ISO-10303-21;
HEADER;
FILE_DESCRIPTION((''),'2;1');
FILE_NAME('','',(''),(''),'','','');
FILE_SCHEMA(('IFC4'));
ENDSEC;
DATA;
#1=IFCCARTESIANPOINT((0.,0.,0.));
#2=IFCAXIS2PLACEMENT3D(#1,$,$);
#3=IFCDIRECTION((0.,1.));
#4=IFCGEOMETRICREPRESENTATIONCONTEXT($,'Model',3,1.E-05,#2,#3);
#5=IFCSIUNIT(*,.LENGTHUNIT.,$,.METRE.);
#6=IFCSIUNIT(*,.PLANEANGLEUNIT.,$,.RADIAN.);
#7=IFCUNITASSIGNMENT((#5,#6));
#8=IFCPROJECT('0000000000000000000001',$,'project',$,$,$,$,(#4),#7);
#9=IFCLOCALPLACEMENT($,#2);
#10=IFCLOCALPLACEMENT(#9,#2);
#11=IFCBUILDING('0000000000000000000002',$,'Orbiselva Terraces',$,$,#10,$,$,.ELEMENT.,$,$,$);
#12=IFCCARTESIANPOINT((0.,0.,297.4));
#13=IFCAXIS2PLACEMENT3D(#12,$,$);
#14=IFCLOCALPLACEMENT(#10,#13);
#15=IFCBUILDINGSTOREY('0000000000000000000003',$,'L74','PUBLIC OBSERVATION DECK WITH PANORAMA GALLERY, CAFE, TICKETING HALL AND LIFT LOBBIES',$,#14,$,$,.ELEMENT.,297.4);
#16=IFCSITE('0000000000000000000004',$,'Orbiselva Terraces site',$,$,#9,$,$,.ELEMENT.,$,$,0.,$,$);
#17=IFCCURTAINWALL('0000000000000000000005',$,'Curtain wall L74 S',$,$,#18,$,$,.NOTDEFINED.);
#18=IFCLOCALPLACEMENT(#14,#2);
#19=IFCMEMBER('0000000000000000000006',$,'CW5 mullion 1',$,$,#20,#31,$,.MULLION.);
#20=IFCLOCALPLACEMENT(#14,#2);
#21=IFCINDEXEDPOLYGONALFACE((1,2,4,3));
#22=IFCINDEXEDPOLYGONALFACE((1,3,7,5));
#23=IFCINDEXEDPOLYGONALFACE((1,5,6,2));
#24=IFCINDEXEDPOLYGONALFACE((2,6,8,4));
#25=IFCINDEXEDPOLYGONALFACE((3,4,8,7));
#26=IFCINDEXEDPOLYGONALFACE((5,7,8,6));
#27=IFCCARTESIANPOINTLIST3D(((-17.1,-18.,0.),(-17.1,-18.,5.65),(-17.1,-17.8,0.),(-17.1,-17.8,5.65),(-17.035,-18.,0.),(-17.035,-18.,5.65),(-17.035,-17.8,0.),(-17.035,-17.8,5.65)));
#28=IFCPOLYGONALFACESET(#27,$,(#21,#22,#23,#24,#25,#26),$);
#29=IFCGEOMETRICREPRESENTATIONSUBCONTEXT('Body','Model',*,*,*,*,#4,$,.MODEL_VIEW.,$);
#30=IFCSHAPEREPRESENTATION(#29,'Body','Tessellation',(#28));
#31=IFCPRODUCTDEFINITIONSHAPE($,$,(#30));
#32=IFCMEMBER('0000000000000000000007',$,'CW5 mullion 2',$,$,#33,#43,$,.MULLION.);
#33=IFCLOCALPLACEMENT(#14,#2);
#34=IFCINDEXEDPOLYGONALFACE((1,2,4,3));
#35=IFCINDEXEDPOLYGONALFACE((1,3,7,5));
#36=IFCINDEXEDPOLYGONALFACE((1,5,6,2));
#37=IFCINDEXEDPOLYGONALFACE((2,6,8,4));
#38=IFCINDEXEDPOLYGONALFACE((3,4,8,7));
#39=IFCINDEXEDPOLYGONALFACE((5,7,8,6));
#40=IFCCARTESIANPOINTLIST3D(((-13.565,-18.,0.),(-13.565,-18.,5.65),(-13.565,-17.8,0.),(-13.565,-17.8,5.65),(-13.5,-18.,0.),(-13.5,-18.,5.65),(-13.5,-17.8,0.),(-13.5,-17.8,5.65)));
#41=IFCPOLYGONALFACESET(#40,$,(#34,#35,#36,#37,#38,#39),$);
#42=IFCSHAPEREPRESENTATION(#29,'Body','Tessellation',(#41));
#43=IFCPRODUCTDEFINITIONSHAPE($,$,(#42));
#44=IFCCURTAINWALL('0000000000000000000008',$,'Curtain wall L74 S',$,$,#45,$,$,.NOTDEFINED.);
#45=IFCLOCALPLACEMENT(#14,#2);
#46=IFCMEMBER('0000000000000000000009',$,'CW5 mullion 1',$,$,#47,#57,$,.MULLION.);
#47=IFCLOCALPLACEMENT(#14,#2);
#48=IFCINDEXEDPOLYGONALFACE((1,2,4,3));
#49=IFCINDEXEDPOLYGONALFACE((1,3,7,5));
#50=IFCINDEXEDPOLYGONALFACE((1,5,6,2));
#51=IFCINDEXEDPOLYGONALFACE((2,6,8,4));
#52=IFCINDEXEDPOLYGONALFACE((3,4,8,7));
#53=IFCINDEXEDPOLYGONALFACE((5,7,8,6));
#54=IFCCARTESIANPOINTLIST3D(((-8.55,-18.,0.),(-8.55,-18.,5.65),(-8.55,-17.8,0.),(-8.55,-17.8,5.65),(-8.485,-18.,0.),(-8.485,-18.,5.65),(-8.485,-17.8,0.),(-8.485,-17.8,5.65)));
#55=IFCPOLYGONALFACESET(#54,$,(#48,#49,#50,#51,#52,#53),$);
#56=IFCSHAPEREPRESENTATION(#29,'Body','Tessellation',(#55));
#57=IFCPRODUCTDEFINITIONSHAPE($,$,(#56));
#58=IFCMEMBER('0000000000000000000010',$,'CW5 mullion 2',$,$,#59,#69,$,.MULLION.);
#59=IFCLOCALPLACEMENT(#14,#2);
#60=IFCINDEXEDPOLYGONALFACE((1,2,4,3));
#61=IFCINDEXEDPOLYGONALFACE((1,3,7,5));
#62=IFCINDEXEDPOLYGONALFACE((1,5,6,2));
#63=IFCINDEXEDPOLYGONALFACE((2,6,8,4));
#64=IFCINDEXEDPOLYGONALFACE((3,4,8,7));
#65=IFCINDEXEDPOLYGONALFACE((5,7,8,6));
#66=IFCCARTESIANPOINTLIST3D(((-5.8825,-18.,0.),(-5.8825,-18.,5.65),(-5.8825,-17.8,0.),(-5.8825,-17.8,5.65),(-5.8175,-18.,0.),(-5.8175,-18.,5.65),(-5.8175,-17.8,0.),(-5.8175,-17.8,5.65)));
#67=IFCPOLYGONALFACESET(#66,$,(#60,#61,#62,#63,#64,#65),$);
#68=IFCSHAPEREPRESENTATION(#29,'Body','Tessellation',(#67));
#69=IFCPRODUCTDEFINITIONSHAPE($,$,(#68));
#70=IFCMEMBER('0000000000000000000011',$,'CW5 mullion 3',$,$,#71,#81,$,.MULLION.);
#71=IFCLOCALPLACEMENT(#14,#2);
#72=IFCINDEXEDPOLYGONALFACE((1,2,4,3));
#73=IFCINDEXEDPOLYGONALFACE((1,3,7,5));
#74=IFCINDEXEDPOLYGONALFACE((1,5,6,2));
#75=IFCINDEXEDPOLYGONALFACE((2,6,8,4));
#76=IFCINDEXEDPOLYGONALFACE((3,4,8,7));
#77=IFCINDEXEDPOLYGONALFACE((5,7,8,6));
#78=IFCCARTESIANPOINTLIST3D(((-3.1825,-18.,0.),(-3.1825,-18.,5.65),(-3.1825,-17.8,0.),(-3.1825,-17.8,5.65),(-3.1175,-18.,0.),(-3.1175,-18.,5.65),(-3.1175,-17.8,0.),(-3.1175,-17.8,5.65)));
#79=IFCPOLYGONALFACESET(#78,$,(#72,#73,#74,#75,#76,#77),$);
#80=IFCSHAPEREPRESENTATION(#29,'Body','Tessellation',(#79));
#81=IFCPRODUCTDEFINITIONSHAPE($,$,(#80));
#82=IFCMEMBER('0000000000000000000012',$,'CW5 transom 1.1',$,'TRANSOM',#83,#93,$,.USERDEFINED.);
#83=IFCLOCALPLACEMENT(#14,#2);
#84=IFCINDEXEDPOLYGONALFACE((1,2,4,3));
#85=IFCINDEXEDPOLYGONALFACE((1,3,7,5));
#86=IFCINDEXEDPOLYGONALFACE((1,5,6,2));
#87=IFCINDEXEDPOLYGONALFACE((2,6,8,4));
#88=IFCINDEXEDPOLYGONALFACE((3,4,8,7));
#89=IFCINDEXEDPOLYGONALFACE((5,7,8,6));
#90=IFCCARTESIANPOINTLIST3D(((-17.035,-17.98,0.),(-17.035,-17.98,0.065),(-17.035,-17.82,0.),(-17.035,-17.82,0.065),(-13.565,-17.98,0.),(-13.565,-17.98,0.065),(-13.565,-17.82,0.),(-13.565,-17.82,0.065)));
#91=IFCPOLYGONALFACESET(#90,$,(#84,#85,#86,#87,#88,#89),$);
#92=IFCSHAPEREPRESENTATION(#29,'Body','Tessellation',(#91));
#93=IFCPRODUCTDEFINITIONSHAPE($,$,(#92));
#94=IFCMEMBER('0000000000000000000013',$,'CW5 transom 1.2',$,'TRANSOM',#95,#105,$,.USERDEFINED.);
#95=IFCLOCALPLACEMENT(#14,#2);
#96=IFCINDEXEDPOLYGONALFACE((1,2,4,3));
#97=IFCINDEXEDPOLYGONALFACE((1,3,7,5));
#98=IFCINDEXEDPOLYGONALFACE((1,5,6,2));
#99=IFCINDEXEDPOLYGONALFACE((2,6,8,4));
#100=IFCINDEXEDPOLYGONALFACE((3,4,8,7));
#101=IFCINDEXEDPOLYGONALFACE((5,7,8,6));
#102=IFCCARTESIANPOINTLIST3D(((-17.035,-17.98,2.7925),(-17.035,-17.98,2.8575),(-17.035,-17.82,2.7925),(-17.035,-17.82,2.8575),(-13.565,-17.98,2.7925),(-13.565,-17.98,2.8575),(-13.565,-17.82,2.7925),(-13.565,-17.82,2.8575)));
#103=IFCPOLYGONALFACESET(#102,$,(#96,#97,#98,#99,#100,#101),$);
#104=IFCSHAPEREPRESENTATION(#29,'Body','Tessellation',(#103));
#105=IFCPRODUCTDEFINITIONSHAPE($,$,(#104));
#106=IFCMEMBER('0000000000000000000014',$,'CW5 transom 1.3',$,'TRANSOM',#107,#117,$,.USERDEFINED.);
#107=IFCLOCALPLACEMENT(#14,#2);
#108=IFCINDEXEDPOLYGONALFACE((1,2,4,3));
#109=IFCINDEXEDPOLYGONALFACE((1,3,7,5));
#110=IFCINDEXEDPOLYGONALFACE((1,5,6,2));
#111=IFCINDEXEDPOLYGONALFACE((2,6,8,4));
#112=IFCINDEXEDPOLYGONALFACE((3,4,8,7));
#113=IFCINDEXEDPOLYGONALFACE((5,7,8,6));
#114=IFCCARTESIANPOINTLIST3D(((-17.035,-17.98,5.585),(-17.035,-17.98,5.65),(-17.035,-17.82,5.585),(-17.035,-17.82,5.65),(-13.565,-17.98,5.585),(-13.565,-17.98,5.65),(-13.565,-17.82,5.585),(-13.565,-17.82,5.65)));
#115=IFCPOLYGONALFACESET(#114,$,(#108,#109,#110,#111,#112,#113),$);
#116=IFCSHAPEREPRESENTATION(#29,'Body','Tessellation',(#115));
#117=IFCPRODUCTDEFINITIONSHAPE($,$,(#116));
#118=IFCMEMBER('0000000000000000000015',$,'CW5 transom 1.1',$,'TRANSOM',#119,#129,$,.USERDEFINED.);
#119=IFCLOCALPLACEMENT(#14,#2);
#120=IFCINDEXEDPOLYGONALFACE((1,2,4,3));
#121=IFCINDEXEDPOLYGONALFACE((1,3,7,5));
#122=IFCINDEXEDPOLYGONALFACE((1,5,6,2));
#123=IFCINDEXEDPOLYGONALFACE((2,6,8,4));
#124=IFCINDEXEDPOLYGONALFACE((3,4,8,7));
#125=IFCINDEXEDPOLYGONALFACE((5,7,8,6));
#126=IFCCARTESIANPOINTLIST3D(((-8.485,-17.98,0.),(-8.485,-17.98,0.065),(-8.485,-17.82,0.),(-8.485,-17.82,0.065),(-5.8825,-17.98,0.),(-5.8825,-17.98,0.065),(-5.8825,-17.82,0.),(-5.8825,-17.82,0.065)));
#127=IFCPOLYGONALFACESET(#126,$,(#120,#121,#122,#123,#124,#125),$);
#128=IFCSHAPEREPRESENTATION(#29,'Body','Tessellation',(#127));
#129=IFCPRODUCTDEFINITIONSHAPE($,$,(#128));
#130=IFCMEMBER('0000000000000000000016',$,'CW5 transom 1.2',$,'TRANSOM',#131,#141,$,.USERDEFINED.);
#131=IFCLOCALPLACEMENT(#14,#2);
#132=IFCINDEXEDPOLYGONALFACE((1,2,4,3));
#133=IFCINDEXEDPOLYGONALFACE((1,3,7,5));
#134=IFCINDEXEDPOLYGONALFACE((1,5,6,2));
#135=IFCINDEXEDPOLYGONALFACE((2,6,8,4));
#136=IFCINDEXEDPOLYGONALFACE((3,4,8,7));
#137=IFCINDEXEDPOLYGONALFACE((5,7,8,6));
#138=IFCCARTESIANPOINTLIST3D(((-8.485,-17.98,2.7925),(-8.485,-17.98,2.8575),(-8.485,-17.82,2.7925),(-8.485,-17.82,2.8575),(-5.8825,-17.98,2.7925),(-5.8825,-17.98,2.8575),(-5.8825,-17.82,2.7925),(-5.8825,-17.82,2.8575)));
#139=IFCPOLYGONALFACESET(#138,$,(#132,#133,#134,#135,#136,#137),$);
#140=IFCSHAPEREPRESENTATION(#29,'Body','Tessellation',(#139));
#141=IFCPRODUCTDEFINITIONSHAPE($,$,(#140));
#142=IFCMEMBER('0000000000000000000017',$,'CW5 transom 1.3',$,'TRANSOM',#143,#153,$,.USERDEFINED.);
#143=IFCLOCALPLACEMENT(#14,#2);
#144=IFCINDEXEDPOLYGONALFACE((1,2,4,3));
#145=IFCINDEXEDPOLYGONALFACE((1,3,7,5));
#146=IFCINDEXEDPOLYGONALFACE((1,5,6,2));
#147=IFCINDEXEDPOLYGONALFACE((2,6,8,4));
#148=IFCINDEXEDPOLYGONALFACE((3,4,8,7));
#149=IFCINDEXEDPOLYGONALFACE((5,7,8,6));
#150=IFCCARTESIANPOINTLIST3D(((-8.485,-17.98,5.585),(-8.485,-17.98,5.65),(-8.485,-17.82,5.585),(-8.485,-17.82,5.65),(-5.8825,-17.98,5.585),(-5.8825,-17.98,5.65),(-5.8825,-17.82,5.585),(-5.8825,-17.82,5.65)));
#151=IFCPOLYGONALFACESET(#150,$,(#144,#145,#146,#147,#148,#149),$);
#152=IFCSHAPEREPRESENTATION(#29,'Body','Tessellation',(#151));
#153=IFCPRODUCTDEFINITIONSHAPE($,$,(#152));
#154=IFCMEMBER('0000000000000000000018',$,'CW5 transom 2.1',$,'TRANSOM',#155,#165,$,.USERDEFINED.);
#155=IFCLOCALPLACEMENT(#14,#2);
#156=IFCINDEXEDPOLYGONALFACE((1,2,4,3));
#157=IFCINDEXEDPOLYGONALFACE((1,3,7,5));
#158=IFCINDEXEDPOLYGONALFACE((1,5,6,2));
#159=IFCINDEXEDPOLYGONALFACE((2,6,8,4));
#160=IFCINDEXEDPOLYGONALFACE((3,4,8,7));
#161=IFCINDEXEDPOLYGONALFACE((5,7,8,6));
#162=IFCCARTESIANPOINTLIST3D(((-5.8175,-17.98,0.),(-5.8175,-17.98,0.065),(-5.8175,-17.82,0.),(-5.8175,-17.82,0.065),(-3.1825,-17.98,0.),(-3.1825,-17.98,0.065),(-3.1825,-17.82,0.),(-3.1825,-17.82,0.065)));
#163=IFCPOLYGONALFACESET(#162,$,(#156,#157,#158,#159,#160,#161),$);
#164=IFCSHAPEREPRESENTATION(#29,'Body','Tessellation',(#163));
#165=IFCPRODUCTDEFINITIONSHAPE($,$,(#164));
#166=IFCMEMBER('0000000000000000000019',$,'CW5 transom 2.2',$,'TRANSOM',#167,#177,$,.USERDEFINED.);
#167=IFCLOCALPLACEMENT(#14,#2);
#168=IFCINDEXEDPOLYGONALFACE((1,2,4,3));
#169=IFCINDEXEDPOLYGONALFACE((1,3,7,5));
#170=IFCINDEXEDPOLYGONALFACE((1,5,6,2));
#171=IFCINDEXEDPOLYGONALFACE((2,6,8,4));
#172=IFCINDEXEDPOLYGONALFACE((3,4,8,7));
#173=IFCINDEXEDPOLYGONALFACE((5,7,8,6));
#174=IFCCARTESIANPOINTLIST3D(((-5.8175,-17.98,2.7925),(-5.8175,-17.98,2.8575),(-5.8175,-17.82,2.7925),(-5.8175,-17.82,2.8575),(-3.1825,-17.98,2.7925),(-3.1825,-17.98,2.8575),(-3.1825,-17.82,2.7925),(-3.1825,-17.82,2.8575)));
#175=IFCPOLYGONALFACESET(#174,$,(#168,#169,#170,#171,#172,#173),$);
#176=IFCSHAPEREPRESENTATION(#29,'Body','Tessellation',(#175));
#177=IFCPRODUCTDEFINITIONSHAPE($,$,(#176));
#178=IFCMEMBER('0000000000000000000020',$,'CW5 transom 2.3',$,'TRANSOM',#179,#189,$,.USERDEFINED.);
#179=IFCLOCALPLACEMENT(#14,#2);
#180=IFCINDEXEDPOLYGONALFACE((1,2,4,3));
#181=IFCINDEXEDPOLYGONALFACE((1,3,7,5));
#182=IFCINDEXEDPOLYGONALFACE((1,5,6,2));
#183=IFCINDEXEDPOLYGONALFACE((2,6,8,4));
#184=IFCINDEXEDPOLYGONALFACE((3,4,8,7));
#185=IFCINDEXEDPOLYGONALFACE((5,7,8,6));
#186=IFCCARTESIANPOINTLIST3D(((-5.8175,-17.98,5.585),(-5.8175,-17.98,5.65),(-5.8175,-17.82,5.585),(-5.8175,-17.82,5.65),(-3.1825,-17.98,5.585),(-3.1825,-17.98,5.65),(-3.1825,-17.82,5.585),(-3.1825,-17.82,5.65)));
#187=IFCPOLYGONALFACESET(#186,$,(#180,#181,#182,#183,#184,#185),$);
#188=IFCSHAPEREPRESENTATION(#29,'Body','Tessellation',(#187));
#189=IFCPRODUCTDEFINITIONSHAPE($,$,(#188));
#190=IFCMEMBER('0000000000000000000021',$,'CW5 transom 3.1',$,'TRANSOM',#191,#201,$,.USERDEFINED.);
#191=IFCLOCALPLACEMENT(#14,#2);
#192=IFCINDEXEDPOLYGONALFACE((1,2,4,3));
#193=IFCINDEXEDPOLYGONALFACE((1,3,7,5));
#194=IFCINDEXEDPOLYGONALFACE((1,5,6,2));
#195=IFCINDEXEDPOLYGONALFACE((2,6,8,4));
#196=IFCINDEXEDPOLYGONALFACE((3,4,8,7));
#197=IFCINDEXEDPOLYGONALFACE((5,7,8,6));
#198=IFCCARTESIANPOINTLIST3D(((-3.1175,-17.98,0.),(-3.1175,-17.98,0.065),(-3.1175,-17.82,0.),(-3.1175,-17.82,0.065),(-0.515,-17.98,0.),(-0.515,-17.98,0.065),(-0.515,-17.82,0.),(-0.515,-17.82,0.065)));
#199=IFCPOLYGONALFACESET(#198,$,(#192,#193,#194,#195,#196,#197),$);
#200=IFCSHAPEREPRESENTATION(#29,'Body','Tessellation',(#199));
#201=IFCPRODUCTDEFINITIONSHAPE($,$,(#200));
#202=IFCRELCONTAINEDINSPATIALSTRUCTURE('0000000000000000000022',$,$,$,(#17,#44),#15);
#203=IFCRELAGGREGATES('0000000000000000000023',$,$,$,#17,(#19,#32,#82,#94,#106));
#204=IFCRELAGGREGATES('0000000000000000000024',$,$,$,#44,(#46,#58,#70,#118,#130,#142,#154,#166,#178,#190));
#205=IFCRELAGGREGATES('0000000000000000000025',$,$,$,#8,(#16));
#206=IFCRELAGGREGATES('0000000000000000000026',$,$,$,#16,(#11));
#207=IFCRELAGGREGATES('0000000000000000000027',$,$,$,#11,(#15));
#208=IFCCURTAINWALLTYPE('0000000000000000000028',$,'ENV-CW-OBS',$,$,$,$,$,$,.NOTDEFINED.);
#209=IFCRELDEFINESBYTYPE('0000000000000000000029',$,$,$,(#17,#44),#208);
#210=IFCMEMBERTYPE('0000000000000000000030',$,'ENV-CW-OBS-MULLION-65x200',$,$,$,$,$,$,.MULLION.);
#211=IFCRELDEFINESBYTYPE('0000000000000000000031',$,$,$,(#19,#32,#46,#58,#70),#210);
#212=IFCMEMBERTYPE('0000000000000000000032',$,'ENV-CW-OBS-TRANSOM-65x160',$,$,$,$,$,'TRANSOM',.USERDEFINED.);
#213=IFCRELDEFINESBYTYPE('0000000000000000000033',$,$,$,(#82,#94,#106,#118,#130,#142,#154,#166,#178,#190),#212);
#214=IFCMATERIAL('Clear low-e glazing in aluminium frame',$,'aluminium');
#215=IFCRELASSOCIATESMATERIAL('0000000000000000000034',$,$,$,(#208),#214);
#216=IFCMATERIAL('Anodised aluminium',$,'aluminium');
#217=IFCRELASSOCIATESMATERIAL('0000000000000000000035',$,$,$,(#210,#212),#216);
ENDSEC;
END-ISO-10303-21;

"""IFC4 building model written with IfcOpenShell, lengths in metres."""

from ifc_helpers import new_model, si_unit, direction, frame, origin, origin_2d, place, context, subcontext, project, spatial, rectangle, extrude, material, material_profile, profile_set, type_object, element, aggregate, save


model = new_model("IFC4")

# Units and contexts
model_context = context("Model", 3, precision=1e-05, world=origin(), true_north=direction((0.0, 1.0)))
body_context = subcontext(model_context, "Body", "Model", "MODEL_VIEW")
ifc_project = project(units=[si_unit("LENGTHUNIT", "METRE"), si_unit("PLANEANGLEUNIT", "RADIAN")], contexts=[model_context])

# Site, building, storey
site_placement = place(None, origin())
site = spatial("IfcSite", under=ifc_project, at=site_placement, Name="Orbiselva Terraces site", CompositionType="ELEMENT", RefElevation=0.0)
building_placement = place(site_placement, origin())
building = spatial("IfcBuilding", under=site, at=building_placement, Name="Orbiselva Terraces", CompositionType="ELEMENT")
storey_placement = place(building_placement, frame((0.0, 0.0, 297.4)))
storey = spatial("IfcBuildingStorey", under=building, at=storey_placement, Name="L74", Description="PUBLIC OBSERVATION DECK WITH PANORAMA GALLERY, CAFE, TICKETING HALL AND LIFT LOBBIES", CompositionType="ELEMENT", Elevation=297.4)

# Curtain walls, members
ifc_material_1 = material(Name="Clear low-e glazing in aluminium frame", Category="aluminium")
curtain_wall_type = type_object("IfcCurtainWallType", Name="ENV-CW-OBS", PredefinedType="NOTDEFINED", material=ifc_material_1)
curtain_wall_1_placement = place(storey_placement, origin())
curtain_wall_1 = element("IfcCurtainWall", 1, at=curtain_wall_1_placement, inside=storey, type_object=curtain_wall_type, Name="Curtain wall L74 S", PredefinedType="NOTDEFINED")
ifc_material_2 = material(Name="Anodised aluminium", Category="aluminium")
ifc_material_profile_1 = material_profile(ifc_material_2, rectangle(XDim=0.2, YDim=0.065, at=origin_2d()), Name="AL 65x200")
ifc_profile_set_1 = profile_set([ifc_material_profile_1], Name="Anodised aluminium")
member_type_1 = type_object("IfcMemberType", Name="ENV-CW-OBS-MULLION-65x200", PredefinedType="MULLION", material=ifc_profile_set_1)
member_1_placement = place(storey_placement, frame((-17.0675, -17.9, 0.0), z_axis=(0.0, 0.0, 1.0), x_axis=(0.0, 1.0, 0.0)))
member_1 = element("IfcMember", 2, at=member_1_placement, type_object=member_type_1, Name="CW5 mullion 1", PredefinedType="MULLION", context=body_context, shape_type="SweptSolid", body=[
    extrude(rectangle(XDim=0.2, YDim=0.065, at=origin_2d()), origin(), (0.0, 0.0, 1.0), 5.65),
])
member_2_placement = place(storey_placement, frame((-13.5325, -17.9, 0.0), z_axis=(0.0, 0.0, 1.0), x_axis=(0.0, 1.0, 0.0)))
member_2 = element("IfcMember", 3, at=member_2_placement, type_object=member_type_1, Name="CW5 mullion 2", PredefinedType="MULLION", context=body_context, shape_type="SweptSolid", body=[
    extrude(rectangle(XDim=0.2, YDim=0.065, at=origin_2d()), origin(), (0.0, 0.0, 1.0), 5.65),
])
curtain_wall_2_placement = place(storey_placement, origin())
curtain_wall_2 = element("IfcCurtainWall", 4, at=curtain_wall_2_placement, inside=storey, type_object=curtain_wall_type, Name="Curtain wall L74 S", PredefinedType="NOTDEFINED")
member_3_placement = place(storey_placement, frame((-8.5175, -17.9, 0.0), z_axis=(0.0, 0.0, 1.0), x_axis=(0.0, 1.0, 0.0)))
member_3 = element("IfcMember", 5, at=member_3_placement, type_object=member_type_1, Name="CW5 mullion 1", PredefinedType="MULLION", context=body_context, shape_type="SweptSolid", body=[
    extrude(rectangle(XDim=0.2, YDim=0.065, at=origin_2d()), origin(), (0.0, 0.0, 1.0), 5.65),
])
member_4_placement = place(storey_placement, frame((-5.85, -17.9, 0.0), z_axis=(0.0, 0.0, 1.0), x_axis=(0.0, 1.0, 0.0)))
member_4 = element("IfcMember", 6, at=member_4_placement, type_object=member_type_1, Name="CW5 mullion 2", PredefinedType="MULLION", context=body_context, shape_type="SweptSolid", body=[
    extrude(rectangle(XDim=0.2, YDim=0.065, at=origin_2d()), origin(), (0.0, 0.0, 1.0), 5.65),
])
member_5_placement = place(storey_placement, frame((-3.15, -17.9, 0.0), z_axis=(0.0, 0.0, 1.0), x_axis=(0.0, 1.0, 0.0)))
member_5 = element("IfcMember", 7, at=member_5_placement, type_object=member_type_1, Name="CW5 mullion 3", PredefinedType="MULLION", context=body_context, shape_type="SweptSolid", body=[
    extrude(rectangle(XDim=0.2, YDim=0.065, at=origin_2d()), origin(), (0.0, 0.0, 1.0), 5.65),
])

# Members
ifc_material_profile_2 = material_profile(ifc_material_2, rectangle(XDim=0.16, YDim=0.065, at=origin_2d()), Name="AL 65x160")
ifc_profile_set_2 = profile_set([ifc_material_profile_2], Name="Anodised aluminium")
member_type_2 = type_object("IfcMemberType", Name="ENV-CW-OBS-TRANSOM-65x160", ElementType="TRANSOM", PredefinedType="USERDEFINED", material=ifc_profile_set_2)
member_6_placement = place(storey_placement, frame((-17.035, -17.9, 0.0325), z_axis=(1.0, 0.0, 0.0), x_axis=(0.0, 1.0, 0.0)))
member_6 = element("IfcMember", 8, at=member_6_placement, type_object=member_type_2, Name="CW5 transom 1.1", ObjectType="TRANSOM", PredefinedType="USERDEFINED", context=body_context, shape_type="SweptSolid", body=[
    extrude(rectangle(XDim=0.16, YDim=0.065, at=origin_2d()), origin(), (0.0, 0.0, 1.0), 3.47),
])
member_7_placement = place(storey_placement, frame((-17.035, -17.9, 2.825), z_axis=(1.0, 0.0, 0.0), x_axis=(0.0, 1.0, 0.0)))
member_7 = element("IfcMember", 9, at=member_7_placement, type_object=member_type_2, Name="CW5 transom 1.2", ObjectType="TRANSOM", PredefinedType="USERDEFINED", context=body_context, shape_type="SweptSolid", body=[
    extrude(rectangle(XDim=0.16, YDim=0.065, at=origin_2d()), origin(), (0.0, 0.0, 1.0), 3.47),
])
member_8_placement = place(storey_placement, frame((-17.035, -17.9, 5.6175), z_axis=(1.0, 0.0, 0.0), x_axis=(0.0, 1.0, 0.0)))
member_8 = element("IfcMember", 10, at=member_8_placement, type_object=member_type_2, Name="CW5 transom 1.3", ObjectType="TRANSOM", PredefinedType="USERDEFINED", context=body_context, shape_type="SweptSolid", body=[
    extrude(rectangle(XDim=0.16, YDim=0.065, at=origin_2d()), origin(), (0.0, 0.0, 1.0), 3.47),
])
member_9_placement = place(storey_placement, frame((-8.485, -17.9, 0.0325), z_axis=(1.0, 0.0, 0.0), x_axis=(0.0, 1.0, 0.0)))
member_9 = element("IfcMember", 11, at=member_9_placement, type_object=member_type_2, Name="CW5 transom 1.1", ObjectType="TRANSOM", PredefinedType="USERDEFINED", context=body_context, shape_type="SweptSolid", body=[
    extrude(rectangle(XDim=0.16, YDim=0.065, at=origin_2d()), origin(), (0.0, 0.0, 1.0), 2.6025),
])
member_10_placement = place(storey_placement, frame((-8.485, -17.9, 2.825), z_axis=(1.0, 0.0, 0.0), x_axis=(0.0, 1.0, 0.0)))
member_10 = element("IfcMember", 12, at=member_10_placement, type_object=member_type_2, Name="CW5 transom 1.2", ObjectType="TRANSOM", PredefinedType="USERDEFINED", context=body_context, shape_type="SweptSolid", body=[
    extrude(rectangle(XDim=0.16, YDim=0.065, at=origin_2d()), origin(), (0.0, 0.0, 1.0), 2.6025),
])
member_11_placement = place(storey_placement, frame((-8.485, -17.9, 5.6175), z_axis=(1.0, 0.0, 0.0), x_axis=(0.0, 1.0, 0.0)))
member_11 = element("IfcMember", 13, at=member_11_placement, type_object=member_type_2, Name="CW5 transom 1.3", ObjectType="TRANSOM", PredefinedType="USERDEFINED", context=body_context, shape_type="SweptSolid", body=[
    extrude(rectangle(XDim=0.16, YDim=0.065, at=origin_2d()), origin(), (0.0, 0.0, 1.0), 2.6025),
])
member_12_placement = place(storey_placement, frame((-5.8175, -17.9, 0.0325), z_axis=(1.0, 0.0, 0.0), x_axis=(0.0, 1.0, 0.0)))
member_12 = element("IfcMember", 14, at=member_12_placement, type_object=member_type_2, Name="CW5 transom 2.1", ObjectType="TRANSOM", PredefinedType="USERDEFINED", context=body_context, shape_type="SweptSolid", body=[
    extrude(rectangle(XDim=0.16, YDim=0.065, at=origin_2d()), origin(), (0.0, 0.0, 1.0), 2.635),
])
member_13_placement = place(storey_placement, frame((-5.8175, -17.9, 2.825), z_axis=(1.0, 0.0, 0.0), x_axis=(0.0, 1.0, 0.0)))
member_13 = element("IfcMember", 15, at=member_13_placement, type_object=member_type_2, Name="CW5 transom 2.2", ObjectType="TRANSOM", PredefinedType="USERDEFINED", context=body_context, shape_type="SweptSolid", body=[
    extrude(rectangle(XDim=0.16, YDim=0.065, at=origin_2d()), origin(), (0.0, 0.0, 1.0), 2.635),
])
member_14_placement = place(storey_placement, frame((-5.8175, -17.9, 5.6175), z_axis=(1.0, 0.0, 0.0), x_axis=(0.0, 1.0, 0.0)))
member_14 = element("IfcMember", 16, at=member_14_placement, type_object=member_type_2, Name="CW5 transom 2.3", ObjectType="TRANSOM", PredefinedType="USERDEFINED", context=body_context, shape_type="SweptSolid", body=[
    extrude(rectangle(XDim=0.16, YDim=0.065, at=origin_2d()), origin(), (0.0, 0.0, 1.0), 2.635),
])
member_15_placement = place(storey_placement, frame((-3.1175, -17.9, 0.0325), z_axis=(1.0, 0.0, 0.0), x_axis=(0.0, 1.0, 0.0)))
member_15 = element("IfcMember", 17, at=member_15_placement, type_object=member_type_2, Name="CW5 transom 3.1", ObjectType="TRANSOM", PredefinedType="USERDEFINED", context=body_context, shape_type="SweptSolid", body=[
    extrude(rectangle(XDim=0.16, YDim=0.065, at=origin_2d()), origin(), (0.0, 0.0, 1.0), 2.6025),
])

aggregate(curtain_wall_1, [member_1, member_2, member_6, member_7, member_8])
aggregate(curtain_wall_2, [member_3, member_4, member_5, member_9, member_10, member_11, member_12, member_13, member_14, member_15])

save(model, "model.ifc")
